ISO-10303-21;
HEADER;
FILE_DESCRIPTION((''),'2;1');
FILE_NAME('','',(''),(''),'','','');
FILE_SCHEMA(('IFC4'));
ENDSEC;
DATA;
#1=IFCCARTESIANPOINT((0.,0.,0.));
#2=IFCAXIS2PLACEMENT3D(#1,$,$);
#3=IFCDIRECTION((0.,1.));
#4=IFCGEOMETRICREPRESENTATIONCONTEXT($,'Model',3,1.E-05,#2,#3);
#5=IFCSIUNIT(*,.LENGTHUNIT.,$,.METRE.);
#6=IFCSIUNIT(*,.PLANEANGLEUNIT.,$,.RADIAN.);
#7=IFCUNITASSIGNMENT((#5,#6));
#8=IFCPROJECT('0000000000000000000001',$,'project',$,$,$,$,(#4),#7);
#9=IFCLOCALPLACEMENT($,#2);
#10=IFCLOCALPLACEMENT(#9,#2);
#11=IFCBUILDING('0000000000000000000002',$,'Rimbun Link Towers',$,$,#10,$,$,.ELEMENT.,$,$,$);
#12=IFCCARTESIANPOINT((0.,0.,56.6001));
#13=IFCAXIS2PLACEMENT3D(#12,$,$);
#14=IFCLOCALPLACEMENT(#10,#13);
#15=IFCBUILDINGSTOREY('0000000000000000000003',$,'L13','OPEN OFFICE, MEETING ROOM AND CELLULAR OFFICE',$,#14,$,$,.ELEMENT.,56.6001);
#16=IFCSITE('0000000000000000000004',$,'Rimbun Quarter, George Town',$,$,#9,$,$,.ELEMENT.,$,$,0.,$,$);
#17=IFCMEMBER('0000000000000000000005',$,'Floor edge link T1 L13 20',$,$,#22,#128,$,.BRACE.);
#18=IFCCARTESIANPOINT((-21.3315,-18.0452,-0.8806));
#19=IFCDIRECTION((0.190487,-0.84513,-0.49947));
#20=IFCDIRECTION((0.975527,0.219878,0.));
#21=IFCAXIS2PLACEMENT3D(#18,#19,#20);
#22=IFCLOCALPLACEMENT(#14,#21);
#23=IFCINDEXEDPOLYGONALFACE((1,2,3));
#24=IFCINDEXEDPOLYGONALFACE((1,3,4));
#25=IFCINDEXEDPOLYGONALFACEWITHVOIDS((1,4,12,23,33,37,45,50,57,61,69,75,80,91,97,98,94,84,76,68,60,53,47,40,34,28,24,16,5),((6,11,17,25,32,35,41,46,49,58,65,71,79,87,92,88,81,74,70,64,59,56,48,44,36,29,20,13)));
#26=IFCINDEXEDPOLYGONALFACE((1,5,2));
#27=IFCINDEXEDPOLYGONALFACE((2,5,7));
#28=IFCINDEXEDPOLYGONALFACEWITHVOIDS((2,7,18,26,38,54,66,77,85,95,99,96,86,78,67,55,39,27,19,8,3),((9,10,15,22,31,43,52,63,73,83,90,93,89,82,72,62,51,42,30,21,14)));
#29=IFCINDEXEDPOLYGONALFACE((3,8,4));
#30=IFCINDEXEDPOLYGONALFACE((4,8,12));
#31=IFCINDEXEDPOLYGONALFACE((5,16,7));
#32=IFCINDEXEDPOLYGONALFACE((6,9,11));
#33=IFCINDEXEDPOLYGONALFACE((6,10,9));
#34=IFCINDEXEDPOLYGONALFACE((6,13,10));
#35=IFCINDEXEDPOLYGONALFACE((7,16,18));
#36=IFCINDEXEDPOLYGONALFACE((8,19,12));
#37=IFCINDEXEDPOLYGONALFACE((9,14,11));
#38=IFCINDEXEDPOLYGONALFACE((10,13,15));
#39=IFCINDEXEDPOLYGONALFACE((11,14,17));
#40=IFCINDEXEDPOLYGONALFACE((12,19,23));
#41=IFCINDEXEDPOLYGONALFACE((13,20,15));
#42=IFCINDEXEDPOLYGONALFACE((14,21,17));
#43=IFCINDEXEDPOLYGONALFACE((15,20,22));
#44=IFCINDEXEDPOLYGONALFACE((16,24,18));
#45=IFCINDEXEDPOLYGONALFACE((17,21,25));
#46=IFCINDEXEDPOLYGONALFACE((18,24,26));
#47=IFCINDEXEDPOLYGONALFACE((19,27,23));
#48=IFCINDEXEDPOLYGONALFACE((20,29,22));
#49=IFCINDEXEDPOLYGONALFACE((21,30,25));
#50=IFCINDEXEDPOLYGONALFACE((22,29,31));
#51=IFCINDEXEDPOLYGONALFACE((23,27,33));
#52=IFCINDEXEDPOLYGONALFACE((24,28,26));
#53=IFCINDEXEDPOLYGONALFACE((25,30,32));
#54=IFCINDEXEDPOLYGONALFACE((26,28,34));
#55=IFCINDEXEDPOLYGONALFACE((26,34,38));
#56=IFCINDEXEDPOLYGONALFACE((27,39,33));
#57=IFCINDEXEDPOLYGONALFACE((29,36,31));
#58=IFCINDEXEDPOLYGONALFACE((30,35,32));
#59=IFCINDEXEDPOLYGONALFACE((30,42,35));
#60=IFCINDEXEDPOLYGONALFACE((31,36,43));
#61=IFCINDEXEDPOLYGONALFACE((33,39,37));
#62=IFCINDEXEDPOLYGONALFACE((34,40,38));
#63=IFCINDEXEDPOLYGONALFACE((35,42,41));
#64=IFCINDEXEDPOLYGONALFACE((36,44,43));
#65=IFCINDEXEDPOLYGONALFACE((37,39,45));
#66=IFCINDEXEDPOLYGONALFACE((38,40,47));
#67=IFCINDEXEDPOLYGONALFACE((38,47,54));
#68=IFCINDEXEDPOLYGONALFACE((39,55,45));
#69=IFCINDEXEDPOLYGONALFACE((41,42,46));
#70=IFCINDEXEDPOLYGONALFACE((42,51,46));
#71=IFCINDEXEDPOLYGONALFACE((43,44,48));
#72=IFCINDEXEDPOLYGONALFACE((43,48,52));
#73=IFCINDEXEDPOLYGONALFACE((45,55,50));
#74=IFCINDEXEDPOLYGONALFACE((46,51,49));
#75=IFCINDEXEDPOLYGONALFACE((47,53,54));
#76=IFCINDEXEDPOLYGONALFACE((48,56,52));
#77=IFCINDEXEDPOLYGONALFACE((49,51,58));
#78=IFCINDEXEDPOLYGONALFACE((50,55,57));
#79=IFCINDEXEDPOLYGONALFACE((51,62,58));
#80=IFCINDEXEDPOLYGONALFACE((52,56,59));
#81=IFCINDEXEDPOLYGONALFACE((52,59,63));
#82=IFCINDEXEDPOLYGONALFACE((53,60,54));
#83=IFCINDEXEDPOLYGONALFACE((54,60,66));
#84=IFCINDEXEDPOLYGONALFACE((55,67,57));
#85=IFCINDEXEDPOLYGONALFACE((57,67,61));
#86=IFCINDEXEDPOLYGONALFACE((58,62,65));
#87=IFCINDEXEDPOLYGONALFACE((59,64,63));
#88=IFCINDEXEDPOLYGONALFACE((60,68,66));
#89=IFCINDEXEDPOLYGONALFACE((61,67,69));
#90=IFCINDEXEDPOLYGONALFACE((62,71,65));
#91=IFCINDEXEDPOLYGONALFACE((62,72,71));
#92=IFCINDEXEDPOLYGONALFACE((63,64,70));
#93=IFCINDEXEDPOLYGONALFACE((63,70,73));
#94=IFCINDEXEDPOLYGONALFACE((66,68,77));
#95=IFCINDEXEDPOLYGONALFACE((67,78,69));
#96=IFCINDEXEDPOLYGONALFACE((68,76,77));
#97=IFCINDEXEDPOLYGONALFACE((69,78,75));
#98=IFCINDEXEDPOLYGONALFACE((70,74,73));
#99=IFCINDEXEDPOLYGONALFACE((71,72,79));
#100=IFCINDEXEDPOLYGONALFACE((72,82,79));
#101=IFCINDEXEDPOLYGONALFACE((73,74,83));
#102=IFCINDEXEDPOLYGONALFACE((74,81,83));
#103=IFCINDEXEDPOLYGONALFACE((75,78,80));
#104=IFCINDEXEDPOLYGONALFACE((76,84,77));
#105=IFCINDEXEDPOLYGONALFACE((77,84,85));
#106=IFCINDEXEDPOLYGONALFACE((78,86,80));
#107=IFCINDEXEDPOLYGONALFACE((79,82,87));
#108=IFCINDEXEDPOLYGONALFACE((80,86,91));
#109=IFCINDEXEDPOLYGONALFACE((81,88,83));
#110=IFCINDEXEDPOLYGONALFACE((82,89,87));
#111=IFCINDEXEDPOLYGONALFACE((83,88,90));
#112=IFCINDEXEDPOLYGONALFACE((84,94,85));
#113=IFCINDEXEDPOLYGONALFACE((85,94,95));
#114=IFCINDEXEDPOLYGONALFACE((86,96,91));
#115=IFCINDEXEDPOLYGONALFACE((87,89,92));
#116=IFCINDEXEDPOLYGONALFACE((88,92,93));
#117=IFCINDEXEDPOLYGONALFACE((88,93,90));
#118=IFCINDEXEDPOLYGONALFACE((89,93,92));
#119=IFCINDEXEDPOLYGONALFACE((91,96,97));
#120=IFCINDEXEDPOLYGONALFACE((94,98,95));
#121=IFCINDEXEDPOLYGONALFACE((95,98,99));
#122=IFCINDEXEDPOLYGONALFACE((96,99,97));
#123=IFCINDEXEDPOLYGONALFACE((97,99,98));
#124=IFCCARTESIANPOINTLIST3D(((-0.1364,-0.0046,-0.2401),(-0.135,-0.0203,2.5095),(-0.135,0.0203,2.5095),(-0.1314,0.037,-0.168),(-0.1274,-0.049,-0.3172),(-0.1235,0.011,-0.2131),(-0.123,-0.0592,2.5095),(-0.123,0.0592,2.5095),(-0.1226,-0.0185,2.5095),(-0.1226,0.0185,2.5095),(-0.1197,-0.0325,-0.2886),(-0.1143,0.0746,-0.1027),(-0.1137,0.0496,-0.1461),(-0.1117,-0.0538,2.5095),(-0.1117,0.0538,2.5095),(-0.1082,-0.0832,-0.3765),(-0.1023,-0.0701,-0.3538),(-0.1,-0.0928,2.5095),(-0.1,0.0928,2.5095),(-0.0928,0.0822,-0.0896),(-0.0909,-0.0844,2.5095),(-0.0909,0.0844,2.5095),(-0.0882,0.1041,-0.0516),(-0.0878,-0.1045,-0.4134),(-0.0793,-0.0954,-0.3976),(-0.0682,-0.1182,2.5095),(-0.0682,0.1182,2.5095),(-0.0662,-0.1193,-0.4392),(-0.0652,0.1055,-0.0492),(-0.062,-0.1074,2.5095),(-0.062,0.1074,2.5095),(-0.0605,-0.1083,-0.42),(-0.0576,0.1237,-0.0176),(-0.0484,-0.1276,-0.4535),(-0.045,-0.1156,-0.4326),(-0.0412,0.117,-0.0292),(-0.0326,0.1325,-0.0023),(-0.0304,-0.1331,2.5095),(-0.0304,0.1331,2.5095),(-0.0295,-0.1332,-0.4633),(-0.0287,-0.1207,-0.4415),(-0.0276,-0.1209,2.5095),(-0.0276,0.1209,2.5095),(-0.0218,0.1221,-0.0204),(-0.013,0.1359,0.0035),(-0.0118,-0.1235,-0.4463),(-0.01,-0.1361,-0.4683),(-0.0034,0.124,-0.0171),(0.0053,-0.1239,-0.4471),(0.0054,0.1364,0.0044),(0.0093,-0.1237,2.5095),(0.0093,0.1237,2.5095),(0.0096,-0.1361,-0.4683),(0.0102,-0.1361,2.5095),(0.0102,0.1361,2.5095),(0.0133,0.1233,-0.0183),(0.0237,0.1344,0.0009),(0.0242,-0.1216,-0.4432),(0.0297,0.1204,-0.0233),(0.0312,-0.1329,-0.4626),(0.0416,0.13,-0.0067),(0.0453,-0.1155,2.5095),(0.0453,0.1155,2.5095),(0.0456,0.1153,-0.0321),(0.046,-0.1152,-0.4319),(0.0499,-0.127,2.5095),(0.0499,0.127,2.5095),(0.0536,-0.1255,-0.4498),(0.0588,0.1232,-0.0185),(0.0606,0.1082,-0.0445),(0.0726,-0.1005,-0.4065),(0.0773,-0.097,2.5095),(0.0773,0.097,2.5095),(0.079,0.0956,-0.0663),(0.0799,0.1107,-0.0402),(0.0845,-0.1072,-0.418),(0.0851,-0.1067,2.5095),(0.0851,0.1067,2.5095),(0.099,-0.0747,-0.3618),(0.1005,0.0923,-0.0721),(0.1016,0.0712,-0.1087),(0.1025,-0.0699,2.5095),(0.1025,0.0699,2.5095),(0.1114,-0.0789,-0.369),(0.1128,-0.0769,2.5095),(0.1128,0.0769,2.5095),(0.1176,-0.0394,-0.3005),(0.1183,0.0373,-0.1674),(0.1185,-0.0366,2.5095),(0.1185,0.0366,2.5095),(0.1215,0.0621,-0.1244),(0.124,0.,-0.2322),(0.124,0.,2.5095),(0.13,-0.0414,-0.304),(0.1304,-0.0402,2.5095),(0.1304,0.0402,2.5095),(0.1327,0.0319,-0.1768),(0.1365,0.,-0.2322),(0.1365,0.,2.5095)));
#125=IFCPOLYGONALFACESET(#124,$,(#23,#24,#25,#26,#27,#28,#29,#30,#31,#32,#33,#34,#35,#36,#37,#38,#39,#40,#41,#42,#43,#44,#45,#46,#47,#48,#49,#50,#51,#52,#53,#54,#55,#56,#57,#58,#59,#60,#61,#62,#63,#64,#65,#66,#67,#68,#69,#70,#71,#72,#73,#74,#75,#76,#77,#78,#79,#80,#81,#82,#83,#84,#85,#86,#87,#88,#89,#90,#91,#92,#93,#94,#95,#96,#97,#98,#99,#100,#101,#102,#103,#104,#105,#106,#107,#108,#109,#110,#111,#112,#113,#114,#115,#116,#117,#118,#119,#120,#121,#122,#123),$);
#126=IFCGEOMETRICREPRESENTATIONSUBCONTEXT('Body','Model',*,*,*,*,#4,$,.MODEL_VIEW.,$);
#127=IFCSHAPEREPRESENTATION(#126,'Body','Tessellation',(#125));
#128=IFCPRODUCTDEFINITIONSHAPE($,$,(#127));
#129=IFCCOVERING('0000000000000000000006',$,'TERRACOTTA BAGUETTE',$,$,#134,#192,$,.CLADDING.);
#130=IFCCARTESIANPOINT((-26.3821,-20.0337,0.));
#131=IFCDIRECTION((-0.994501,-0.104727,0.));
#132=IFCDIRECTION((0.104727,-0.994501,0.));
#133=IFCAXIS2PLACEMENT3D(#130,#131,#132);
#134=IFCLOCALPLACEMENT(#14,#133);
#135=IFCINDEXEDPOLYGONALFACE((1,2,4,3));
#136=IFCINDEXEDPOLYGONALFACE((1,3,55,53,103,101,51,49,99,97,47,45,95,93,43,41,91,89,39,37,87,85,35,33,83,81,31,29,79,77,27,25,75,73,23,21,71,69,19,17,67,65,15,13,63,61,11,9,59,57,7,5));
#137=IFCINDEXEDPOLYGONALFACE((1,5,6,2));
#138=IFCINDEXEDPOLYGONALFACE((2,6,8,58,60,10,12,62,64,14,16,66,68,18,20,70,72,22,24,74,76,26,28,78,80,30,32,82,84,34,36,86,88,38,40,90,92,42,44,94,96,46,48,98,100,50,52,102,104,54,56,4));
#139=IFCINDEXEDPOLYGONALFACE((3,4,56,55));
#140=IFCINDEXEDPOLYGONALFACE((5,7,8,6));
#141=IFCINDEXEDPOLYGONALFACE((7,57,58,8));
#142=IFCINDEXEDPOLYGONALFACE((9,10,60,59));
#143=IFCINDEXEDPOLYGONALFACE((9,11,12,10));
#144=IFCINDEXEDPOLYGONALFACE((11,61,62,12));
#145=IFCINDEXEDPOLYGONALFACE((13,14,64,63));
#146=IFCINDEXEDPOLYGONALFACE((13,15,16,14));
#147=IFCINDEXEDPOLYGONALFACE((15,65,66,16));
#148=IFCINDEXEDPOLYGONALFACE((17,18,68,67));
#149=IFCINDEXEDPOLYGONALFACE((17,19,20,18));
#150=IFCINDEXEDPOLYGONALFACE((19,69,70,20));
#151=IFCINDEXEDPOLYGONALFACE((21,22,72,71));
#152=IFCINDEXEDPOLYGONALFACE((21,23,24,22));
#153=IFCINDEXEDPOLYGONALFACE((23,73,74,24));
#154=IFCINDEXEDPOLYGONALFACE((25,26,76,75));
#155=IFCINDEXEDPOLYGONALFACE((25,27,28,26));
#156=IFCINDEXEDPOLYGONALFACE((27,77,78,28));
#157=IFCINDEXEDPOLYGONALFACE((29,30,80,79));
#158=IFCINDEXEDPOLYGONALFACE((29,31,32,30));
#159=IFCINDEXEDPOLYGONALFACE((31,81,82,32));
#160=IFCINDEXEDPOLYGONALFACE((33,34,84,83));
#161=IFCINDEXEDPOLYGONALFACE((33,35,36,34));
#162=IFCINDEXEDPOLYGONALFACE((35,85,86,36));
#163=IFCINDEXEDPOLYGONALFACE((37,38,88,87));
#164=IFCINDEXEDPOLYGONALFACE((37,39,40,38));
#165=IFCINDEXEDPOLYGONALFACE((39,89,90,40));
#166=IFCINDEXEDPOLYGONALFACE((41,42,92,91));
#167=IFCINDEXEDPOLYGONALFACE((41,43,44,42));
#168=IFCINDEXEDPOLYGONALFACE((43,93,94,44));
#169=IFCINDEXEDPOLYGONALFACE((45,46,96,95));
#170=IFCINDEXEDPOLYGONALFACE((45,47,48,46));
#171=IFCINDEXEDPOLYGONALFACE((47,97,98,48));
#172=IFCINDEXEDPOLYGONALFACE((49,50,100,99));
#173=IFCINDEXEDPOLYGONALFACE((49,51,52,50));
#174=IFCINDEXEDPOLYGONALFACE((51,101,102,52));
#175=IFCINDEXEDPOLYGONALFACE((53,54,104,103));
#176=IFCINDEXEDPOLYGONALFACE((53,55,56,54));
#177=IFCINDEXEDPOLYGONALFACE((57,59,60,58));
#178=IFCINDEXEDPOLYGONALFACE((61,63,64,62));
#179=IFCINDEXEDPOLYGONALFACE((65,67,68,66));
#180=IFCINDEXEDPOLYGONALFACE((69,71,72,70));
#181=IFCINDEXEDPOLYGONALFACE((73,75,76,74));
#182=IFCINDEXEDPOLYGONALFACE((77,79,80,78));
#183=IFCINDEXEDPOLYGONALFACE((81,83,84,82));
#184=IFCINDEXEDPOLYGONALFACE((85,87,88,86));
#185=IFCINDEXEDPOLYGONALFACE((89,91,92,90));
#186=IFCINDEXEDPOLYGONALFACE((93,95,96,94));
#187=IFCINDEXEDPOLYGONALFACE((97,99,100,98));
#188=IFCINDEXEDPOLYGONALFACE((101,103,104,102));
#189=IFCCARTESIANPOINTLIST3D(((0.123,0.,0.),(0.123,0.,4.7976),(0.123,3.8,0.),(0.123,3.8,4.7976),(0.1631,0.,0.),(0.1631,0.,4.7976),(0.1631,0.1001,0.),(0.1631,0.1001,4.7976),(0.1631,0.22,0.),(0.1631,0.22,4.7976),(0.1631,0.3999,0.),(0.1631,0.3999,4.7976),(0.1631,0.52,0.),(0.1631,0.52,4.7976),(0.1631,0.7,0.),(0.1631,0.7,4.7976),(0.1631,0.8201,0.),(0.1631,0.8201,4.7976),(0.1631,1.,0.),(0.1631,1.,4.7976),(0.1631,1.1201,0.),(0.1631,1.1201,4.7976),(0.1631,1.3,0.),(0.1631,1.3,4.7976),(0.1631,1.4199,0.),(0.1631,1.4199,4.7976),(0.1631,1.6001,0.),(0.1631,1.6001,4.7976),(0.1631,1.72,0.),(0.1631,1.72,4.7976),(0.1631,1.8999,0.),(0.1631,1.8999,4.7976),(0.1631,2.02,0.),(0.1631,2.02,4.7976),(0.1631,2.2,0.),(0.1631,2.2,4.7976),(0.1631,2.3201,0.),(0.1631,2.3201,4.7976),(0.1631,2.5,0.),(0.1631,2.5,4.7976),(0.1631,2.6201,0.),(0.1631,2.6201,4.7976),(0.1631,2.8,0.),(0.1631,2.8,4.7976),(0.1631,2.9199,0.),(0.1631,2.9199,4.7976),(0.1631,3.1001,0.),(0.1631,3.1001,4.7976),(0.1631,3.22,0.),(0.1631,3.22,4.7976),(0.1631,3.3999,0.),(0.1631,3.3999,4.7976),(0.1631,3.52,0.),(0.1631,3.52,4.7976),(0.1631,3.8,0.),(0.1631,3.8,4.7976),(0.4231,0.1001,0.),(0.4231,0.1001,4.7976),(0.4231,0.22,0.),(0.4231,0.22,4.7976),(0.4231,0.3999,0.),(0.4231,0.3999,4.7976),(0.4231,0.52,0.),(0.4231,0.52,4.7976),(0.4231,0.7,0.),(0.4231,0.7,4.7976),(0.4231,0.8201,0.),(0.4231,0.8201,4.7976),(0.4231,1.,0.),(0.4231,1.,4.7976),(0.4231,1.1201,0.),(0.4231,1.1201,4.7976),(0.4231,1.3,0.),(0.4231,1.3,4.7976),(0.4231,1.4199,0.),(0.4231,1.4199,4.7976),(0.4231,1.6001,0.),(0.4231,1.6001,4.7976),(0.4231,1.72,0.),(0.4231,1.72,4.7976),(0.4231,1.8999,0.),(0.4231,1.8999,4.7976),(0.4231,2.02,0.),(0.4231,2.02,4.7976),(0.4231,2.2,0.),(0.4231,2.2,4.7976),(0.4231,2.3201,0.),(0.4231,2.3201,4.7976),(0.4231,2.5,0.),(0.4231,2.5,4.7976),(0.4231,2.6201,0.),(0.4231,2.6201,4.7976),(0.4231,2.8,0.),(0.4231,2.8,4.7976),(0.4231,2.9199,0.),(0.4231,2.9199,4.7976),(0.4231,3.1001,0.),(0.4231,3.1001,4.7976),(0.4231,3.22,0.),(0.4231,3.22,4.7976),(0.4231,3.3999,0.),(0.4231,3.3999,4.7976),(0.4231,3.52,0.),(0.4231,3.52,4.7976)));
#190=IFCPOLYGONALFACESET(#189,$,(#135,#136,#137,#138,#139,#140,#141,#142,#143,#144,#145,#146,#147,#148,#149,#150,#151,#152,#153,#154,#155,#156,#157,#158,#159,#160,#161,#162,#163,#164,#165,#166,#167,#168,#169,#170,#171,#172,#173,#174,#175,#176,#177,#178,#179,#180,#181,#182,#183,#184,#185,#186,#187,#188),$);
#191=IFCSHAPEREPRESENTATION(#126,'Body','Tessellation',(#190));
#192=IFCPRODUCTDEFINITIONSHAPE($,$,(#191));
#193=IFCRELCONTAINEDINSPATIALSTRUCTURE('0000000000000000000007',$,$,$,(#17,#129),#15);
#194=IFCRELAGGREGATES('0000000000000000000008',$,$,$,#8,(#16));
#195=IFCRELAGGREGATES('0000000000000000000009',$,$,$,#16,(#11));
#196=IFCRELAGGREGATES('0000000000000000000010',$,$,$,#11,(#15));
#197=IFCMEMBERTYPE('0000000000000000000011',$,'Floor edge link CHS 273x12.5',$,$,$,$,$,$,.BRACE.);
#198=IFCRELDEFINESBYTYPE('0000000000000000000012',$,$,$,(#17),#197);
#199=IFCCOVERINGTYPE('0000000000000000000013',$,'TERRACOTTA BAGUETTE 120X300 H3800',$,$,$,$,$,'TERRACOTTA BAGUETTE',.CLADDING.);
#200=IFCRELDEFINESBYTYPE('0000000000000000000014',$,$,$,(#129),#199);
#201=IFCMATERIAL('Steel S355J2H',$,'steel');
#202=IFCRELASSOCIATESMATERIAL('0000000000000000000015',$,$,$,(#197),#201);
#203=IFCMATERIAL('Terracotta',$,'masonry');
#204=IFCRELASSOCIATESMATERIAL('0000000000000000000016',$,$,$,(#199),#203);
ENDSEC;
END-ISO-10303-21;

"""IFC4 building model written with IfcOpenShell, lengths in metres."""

from ifc_helpers import new_model, si_unit, direction, frame, origin, origin_2d, place, context, subcontext, project, spatial, polyline, hollow_circle, outline, extrude, clip, halfspace, material, material_profile, profile_set, type_object, element, save


model = new_model("IFC4")

# Units and contexts
model_context = context("Model", 3, precision=1e-05, world=origin(), true_north=direction((0.0, 1.0)))
body_context = subcontext(model_context, "Body", "Model", "MODEL_VIEW")
ifc_project = project(units=[si_unit("LENGTHUNIT", "METRE"), si_unit("PLANEANGLEUNIT", "RADIAN")], contexts=[model_context])

# Site, building, storey
site_placement = place(None, origin())
site = spatial("IfcSite", under=ifc_project, at=site_placement, Name="Rimbun Quarter, George Town", CompositionType="ELEMENT", RefElevation=0.0)
building_placement = place(site_placement, origin())
building = spatial("IfcBuilding", under=site, at=building_placement, Name="Rimbun Link Towers", CompositionType="ELEMENT")
storey_placement = place(building_placement, frame((0.0, 0.0, 56.6001)))
storey = spatial("IfcBuildingStorey", under=building, at=storey_placement, Name="L13", Description="OPEN OFFICE, MEETING ROOM AND CELLULAR OFFICE", CompositionType="ELEMENT", Elevation=56.6001)

# Member
ifc_material_1 = material(Name="Steel S355J2H", Category="steel")
ifc_material_profile_1 = material_profile(ifc_material_1, hollow_circle(Radius=0.1365, WallThickness=0.0125, at=origin_2d()), Name="CHS 273x12.5")
ifc_profile_set_1 = profile_set([ifc_material_profile_1], Name="Steel S355J2H")
member_type_1 = type_object("IfcMemberType", Name="Floor edge link CHS 273x12.5", PredefinedType="BRACE", material=ifc_profile_set_1)
member_1_placement = place(storey_placement, frame((-21.3315, -18.0452, -0.8806), z_axis=(0.190487, -0.84513, -0.49947), x_axis=(0.975527, 0.219878, 0.0)))
element("IfcMember", 1, at=member_1_placement, inside=storey, type_object=member_type_1, Name="Floor edge link T1 L13 20", PredefinedType="BRACE", context=body_context, shape_type="Clipping", body=[
    clip(extrude(hollow_circle(Radius=0.1365, WallThickness=0.0125, at=origin_2d()), frame((0.0, 0.0, -0.4934)), (0.0, 0.0, 1.0), 3.0029), halfspace(frame((0.0, 0.0, -0.2322), z_axis=(0.0, 0.866331, -0.49947)), False)),
])

# Covering
ifc_material_2 = material(Name="Terracotta", Category="masonry")
ifc_material_profile_2 = material_profile(ifc_material_2, outline(polyline([(0.123, 0.0), (0.1631, 0.0), (0.1631, 0.1001), (0.4231, 0.1001), (0.4231, 0.22), (0.1631, 0.22), (0.1631, 0.3999), (0.4231, 0.3999), (0.4231, 0.52), (0.1631, 0.52), (0.1631, 0.7), (0.4231, 0.7), (0.4231, 0.8201), (0.1631, 0.8201), (0.1631, 1.0), (0.4231, 1.0), (0.4231, 1.1201), (0.1631, 1.1201), (0.1631, 1.3), (0.4231, 1.3), (0.4231, 1.4199), (0.1631, 1.4199), (0.1631, 1.6001), (0.4231, 1.6001), (0.4231, 1.72), (0.1631, 1.72), (0.1631, 1.8999), (0.4231, 1.8999), (0.4231, 2.02), (0.1631, 2.02), (0.1631, 2.2), (0.4231, 2.2), (0.4231, 2.3201), (0.1631, 2.3201), (0.1631, 2.5), (0.4231, 2.5), (0.4231, 2.6201), (0.1631, 2.6201), (0.1631, 2.8), (0.4231, 2.8), (0.4231, 2.9199), (0.1631, 2.9199), (0.1631, 3.1001), (0.4231, 3.1001), (0.4231, 3.22), (0.1631, 3.22), (0.1631, 3.3999), (0.4231, 3.3999), (0.4231, 3.52), (0.1631, 3.52), (0.1631, 3.8), (0.123, 3.8), (0.123, 0.0)])), Name="BAGUETTE 120X300")
ifc_profile_set_2 = profile_set([ifc_material_profile_2], Name="Terracotta")
covering_type = type_object("IfcCoveringType", Name="TERRACOTTA BAGUETTE 120X300 H3800", ElementType="TERRACOTTA BAGUETTE", PredefinedType="CLADDING", material=ifc_profile_set_2)
covering_1_placement = place(storey_placement, frame((-26.3821, -20.0337, 0.0), z_axis=(-0.994501, -0.104727, 0.0), x_axis=(0.104727, -0.994501, 0.0)))
element("IfcCovering", 2, at=covering_1_placement, inside=storey, type_object=covering_type, Name="TERRACOTTA BAGUETTE", PredefinedType="CLADDING", context=body_context, shape_type="SweptSolid", body=[
    extrude(outline(polyline([(0.123, 0.0), (0.1631, 0.0), (0.1631, 0.1001), (0.4231, 0.1001), (0.4231, 0.22), (0.1631, 0.22), (0.1631, 0.3999), (0.4231, 0.3999), (0.4231, 0.52), (0.1631, 0.52), (0.1631, 0.7), (0.4231, 0.7), (0.4231, 0.8201), (0.1631, 0.8201), (0.1631, 1.0), (0.4231, 1.0), (0.4231, 1.1201), (0.1631, 1.1201), (0.1631, 1.3), (0.4231, 1.3), (0.4231, 1.4199), (0.1631, 1.4199), (0.1631, 1.6001), (0.4231, 1.6001), (0.4231, 1.72), (0.1631, 1.72), (0.1631, 1.8999), (0.4231, 1.8999), (0.4231, 2.02), (0.1631, 2.02), (0.1631, 2.2), (0.4231, 2.2), (0.4231, 2.3201), (0.1631, 2.3201), (0.1631, 2.5), (0.4231, 2.5), (0.4231, 2.6201), (0.1631, 2.6201), (0.1631, 2.8), (0.4231, 2.8), (0.4231, 2.9199), (0.1631, 2.9199), (0.1631, 3.1001), (0.4231, 3.1001), (0.4231, 3.22), (0.1631, 3.22), (0.1631, 3.3999), (0.4231, 3.3999), (0.4231, 3.52), (0.1631, 3.52), (0.1631, 3.8), (0.123, 3.8), (0.123, 0.0)])), origin(), (0.0, 0.0, 1.0), 4.7976),
])

save(model, "model.ifc")
